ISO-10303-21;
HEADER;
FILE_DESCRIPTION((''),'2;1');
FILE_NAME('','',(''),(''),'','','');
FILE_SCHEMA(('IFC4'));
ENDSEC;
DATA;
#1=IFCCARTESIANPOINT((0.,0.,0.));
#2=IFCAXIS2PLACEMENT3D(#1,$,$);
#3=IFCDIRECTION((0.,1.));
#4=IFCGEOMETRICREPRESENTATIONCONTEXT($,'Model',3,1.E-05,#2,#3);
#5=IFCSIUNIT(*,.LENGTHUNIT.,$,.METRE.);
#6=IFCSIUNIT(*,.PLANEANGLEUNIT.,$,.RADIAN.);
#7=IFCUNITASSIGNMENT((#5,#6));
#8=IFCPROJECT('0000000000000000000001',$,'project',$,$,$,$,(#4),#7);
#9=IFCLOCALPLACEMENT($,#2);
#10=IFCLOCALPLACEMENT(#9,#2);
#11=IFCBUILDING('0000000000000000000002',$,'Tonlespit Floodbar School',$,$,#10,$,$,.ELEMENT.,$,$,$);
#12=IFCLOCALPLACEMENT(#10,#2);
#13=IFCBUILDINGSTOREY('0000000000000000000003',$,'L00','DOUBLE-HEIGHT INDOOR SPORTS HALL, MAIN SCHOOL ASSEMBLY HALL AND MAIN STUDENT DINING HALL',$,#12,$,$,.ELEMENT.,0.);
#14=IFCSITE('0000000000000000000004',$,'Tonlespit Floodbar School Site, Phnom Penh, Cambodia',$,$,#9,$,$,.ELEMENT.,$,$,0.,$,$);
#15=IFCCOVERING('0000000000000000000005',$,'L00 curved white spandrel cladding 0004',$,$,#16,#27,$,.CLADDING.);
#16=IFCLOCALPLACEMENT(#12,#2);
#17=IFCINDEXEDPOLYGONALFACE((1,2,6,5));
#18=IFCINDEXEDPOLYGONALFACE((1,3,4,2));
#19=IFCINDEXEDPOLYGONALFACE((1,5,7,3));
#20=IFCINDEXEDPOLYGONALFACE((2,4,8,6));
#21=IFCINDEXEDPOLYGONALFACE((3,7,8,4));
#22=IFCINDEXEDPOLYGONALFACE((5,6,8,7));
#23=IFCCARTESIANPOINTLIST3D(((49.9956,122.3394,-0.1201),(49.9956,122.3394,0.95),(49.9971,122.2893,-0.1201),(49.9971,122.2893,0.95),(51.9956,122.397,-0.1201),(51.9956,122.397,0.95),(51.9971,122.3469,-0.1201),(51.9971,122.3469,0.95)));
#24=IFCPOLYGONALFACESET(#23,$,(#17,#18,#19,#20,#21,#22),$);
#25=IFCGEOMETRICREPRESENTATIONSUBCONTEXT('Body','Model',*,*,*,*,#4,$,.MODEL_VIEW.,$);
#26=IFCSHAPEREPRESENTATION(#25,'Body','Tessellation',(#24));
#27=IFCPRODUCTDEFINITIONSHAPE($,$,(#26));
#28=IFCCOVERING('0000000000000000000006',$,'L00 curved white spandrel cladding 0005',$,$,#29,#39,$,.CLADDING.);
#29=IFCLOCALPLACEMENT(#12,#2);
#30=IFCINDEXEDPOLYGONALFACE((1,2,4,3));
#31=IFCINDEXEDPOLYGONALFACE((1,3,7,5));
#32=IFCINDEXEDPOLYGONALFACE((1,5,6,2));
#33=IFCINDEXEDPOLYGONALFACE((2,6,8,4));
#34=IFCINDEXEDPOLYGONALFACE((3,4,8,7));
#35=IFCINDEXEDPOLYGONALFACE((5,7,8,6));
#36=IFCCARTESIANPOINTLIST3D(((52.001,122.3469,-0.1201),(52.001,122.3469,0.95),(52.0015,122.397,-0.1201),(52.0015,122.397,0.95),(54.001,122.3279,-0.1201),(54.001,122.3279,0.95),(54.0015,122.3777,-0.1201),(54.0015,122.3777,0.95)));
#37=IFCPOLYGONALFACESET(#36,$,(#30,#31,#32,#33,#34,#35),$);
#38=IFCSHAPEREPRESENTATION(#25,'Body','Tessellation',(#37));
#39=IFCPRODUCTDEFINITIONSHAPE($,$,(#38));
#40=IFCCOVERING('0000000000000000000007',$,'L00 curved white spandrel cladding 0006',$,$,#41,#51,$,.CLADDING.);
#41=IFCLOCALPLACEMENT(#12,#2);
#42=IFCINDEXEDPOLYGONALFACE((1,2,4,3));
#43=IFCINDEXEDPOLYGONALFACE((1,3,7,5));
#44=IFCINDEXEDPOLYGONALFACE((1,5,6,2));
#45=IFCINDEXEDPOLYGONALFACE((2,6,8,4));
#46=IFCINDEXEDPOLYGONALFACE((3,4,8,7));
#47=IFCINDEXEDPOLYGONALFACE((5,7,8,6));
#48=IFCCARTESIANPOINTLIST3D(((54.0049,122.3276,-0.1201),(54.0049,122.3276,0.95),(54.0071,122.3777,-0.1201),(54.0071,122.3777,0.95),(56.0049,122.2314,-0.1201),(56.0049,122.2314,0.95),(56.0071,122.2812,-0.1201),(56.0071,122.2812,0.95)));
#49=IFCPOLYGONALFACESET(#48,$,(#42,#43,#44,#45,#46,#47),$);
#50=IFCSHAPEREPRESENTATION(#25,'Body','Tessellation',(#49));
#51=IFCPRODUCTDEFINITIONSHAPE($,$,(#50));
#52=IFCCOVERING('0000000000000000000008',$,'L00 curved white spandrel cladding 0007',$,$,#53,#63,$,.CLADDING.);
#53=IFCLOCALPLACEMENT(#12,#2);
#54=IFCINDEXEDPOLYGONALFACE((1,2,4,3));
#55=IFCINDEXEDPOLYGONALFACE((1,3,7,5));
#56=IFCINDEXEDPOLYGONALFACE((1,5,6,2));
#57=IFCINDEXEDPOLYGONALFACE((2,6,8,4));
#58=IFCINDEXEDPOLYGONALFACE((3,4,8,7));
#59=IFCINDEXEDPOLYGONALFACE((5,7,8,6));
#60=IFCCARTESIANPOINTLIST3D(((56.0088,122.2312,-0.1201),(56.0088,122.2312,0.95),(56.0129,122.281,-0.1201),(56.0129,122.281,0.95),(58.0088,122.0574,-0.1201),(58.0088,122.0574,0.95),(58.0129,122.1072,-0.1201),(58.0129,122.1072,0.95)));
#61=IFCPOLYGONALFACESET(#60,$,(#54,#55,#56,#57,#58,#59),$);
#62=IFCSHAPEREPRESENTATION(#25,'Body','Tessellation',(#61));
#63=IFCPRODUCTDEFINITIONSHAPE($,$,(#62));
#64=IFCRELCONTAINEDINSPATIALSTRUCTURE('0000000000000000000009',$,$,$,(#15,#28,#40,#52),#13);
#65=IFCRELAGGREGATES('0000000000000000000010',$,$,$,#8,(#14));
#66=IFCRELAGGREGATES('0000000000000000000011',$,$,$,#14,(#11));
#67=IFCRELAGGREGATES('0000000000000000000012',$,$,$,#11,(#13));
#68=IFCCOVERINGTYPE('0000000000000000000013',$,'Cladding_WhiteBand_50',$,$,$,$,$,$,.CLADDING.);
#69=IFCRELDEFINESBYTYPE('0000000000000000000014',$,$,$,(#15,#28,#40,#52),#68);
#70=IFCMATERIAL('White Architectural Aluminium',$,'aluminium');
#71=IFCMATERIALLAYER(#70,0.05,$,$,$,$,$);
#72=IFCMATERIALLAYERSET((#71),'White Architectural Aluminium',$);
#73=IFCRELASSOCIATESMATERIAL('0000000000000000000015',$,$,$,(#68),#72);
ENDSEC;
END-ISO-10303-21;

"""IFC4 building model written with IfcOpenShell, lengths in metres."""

from ifc_helpers import new_model, si_unit, direction, frame, origin, place, context, subcontext, project, spatial, polyline, outline, extrude, material, layer, layer_set, type_object, element, save


model = new_model("IFC4")

# Units and contexts
model_context = context("Model", 3, precision=1e-05, world=origin(), true_north=direction((0.0, 1.0)))
body_context = subcontext(model_context, "Body", "Model", "MODEL_VIEW")
ifc_project = project(units=[si_unit("LENGTHUNIT", "METRE"), si_unit("PLANEANGLEUNIT", "RADIAN")], contexts=[model_context])

# Site, building, storey
site_placement = place(None, origin())
site = spatial("IfcSite", under=ifc_project, at=site_placement, Name="Tonlespit Floodbar School Site, Phnom Penh, Cambodia", CompositionType="ELEMENT", RefElevation=0.0)
building_placement = place(site_placement, origin())
building = spatial("IfcBuilding", under=site, at=building_placement, Name="Tonlespit Floodbar School", CompositionType="ELEMENT")
storey_placement = place(building_placement, origin())
storey = spatial("IfcBuildingStorey", under=building, at=storey_placement, Name="L00", Description="DOUBLE-HEIGHT INDOOR SPORTS HALL, MAIN SCHOOL ASSEMBLY HALL AND MAIN STUDENT DINING HALL", CompositionType="ELEMENT", Elevation=0.0)

# Coverings
ifc_material_1 = material(Name="White Architectural Aluminium", Category="aluminium")
ifc_layer_1 = layer(ifc_material_1, 0.05)
ifc_layer_set_1 = layer_set([ifc_layer_1], Name="White Architectural Aluminium")
covering_type = type_object("IfcCoveringType", Name="Cladding_WhiteBand_50", PredefinedType="CLADDING", material=ifc_layer_set_1)
covering_1_placement = place(storey_placement, frame((0.0, 0.0, -0.1201)))
element("IfcCovering", 1, at=covering_1_placement, inside=storey, type_object=covering_type, Name="L00 curved white spandrel cladding 0004", PredefinedType="CLADDING", context=body_context, shape_type="SweptSolid", body=[
    extrude(outline(polyline([(49.9971, 122.2893), (51.9971, 122.3469), (51.9956, 122.397), (49.9956, 122.3394), (49.9971, 122.2893)])), origin(), (0.0, 0.0, 1.0), 1.0701),
])
covering_2_placement = place(storey_placement, frame((0.0, 0.0, -0.1201)))
element("IfcCovering", 2, at=covering_2_placement, inside=storey, type_object=covering_type, Name="L00 curved white spandrel cladding 0005", PredefinedType="CLADDING", context=body_context, shape_type="SweptSolid", body=[
    extrude(outline(polyline([(52.001, 122.3469), (54.001, 122.3279), (54.0015, 122.3777), (52.0015, 122.397), (52.001, 122.3469)])), origin(), (0.0, 0.0, 1.0), 1.0701),
])
covering_3_placement = place(storey_placement, frame((0.0, 0.0, -0.1201)))
element("IfcCovering", 3, at=covering_3_placement, inside=storey, type_object=covering_type, Name="L00 curved white spandrel cladding 0006", PredefinedType="CLADDING", context=body_context, shape_type="SweptSolid", body=[
    extrude(outline(polyline([(54.0049, 122.3276), (56.0049, 122.2314), (56.0071, 122.2812), (54.0071, 122.3777), (54.0049, 122.3276)])), origin(), (0.0, 0.0, 1.0), 1.0701),
])
covering_4_placement = place(storey_placement, frame((0.0, 0.0, -0.1201)))
element("IfcCovering", 4, at=covering_4_placement, inside=storey, type_object=covering_type, Name="L00 curved white spandrel cladding 0007", PredefinedType="CLADDING", context=body_context, shape_type="SweptSolid", body=[
    extrude(outline(polyline([(56.0088, 122.2312), (58.0088, 122.0574), (58.0129, 122.1072), (56.0129, 122.281), (56.0088, 122.2312)])), origin(), (0.0, 0.0, 1.0), 1.0701),
])

save(model, "model.ifc")
